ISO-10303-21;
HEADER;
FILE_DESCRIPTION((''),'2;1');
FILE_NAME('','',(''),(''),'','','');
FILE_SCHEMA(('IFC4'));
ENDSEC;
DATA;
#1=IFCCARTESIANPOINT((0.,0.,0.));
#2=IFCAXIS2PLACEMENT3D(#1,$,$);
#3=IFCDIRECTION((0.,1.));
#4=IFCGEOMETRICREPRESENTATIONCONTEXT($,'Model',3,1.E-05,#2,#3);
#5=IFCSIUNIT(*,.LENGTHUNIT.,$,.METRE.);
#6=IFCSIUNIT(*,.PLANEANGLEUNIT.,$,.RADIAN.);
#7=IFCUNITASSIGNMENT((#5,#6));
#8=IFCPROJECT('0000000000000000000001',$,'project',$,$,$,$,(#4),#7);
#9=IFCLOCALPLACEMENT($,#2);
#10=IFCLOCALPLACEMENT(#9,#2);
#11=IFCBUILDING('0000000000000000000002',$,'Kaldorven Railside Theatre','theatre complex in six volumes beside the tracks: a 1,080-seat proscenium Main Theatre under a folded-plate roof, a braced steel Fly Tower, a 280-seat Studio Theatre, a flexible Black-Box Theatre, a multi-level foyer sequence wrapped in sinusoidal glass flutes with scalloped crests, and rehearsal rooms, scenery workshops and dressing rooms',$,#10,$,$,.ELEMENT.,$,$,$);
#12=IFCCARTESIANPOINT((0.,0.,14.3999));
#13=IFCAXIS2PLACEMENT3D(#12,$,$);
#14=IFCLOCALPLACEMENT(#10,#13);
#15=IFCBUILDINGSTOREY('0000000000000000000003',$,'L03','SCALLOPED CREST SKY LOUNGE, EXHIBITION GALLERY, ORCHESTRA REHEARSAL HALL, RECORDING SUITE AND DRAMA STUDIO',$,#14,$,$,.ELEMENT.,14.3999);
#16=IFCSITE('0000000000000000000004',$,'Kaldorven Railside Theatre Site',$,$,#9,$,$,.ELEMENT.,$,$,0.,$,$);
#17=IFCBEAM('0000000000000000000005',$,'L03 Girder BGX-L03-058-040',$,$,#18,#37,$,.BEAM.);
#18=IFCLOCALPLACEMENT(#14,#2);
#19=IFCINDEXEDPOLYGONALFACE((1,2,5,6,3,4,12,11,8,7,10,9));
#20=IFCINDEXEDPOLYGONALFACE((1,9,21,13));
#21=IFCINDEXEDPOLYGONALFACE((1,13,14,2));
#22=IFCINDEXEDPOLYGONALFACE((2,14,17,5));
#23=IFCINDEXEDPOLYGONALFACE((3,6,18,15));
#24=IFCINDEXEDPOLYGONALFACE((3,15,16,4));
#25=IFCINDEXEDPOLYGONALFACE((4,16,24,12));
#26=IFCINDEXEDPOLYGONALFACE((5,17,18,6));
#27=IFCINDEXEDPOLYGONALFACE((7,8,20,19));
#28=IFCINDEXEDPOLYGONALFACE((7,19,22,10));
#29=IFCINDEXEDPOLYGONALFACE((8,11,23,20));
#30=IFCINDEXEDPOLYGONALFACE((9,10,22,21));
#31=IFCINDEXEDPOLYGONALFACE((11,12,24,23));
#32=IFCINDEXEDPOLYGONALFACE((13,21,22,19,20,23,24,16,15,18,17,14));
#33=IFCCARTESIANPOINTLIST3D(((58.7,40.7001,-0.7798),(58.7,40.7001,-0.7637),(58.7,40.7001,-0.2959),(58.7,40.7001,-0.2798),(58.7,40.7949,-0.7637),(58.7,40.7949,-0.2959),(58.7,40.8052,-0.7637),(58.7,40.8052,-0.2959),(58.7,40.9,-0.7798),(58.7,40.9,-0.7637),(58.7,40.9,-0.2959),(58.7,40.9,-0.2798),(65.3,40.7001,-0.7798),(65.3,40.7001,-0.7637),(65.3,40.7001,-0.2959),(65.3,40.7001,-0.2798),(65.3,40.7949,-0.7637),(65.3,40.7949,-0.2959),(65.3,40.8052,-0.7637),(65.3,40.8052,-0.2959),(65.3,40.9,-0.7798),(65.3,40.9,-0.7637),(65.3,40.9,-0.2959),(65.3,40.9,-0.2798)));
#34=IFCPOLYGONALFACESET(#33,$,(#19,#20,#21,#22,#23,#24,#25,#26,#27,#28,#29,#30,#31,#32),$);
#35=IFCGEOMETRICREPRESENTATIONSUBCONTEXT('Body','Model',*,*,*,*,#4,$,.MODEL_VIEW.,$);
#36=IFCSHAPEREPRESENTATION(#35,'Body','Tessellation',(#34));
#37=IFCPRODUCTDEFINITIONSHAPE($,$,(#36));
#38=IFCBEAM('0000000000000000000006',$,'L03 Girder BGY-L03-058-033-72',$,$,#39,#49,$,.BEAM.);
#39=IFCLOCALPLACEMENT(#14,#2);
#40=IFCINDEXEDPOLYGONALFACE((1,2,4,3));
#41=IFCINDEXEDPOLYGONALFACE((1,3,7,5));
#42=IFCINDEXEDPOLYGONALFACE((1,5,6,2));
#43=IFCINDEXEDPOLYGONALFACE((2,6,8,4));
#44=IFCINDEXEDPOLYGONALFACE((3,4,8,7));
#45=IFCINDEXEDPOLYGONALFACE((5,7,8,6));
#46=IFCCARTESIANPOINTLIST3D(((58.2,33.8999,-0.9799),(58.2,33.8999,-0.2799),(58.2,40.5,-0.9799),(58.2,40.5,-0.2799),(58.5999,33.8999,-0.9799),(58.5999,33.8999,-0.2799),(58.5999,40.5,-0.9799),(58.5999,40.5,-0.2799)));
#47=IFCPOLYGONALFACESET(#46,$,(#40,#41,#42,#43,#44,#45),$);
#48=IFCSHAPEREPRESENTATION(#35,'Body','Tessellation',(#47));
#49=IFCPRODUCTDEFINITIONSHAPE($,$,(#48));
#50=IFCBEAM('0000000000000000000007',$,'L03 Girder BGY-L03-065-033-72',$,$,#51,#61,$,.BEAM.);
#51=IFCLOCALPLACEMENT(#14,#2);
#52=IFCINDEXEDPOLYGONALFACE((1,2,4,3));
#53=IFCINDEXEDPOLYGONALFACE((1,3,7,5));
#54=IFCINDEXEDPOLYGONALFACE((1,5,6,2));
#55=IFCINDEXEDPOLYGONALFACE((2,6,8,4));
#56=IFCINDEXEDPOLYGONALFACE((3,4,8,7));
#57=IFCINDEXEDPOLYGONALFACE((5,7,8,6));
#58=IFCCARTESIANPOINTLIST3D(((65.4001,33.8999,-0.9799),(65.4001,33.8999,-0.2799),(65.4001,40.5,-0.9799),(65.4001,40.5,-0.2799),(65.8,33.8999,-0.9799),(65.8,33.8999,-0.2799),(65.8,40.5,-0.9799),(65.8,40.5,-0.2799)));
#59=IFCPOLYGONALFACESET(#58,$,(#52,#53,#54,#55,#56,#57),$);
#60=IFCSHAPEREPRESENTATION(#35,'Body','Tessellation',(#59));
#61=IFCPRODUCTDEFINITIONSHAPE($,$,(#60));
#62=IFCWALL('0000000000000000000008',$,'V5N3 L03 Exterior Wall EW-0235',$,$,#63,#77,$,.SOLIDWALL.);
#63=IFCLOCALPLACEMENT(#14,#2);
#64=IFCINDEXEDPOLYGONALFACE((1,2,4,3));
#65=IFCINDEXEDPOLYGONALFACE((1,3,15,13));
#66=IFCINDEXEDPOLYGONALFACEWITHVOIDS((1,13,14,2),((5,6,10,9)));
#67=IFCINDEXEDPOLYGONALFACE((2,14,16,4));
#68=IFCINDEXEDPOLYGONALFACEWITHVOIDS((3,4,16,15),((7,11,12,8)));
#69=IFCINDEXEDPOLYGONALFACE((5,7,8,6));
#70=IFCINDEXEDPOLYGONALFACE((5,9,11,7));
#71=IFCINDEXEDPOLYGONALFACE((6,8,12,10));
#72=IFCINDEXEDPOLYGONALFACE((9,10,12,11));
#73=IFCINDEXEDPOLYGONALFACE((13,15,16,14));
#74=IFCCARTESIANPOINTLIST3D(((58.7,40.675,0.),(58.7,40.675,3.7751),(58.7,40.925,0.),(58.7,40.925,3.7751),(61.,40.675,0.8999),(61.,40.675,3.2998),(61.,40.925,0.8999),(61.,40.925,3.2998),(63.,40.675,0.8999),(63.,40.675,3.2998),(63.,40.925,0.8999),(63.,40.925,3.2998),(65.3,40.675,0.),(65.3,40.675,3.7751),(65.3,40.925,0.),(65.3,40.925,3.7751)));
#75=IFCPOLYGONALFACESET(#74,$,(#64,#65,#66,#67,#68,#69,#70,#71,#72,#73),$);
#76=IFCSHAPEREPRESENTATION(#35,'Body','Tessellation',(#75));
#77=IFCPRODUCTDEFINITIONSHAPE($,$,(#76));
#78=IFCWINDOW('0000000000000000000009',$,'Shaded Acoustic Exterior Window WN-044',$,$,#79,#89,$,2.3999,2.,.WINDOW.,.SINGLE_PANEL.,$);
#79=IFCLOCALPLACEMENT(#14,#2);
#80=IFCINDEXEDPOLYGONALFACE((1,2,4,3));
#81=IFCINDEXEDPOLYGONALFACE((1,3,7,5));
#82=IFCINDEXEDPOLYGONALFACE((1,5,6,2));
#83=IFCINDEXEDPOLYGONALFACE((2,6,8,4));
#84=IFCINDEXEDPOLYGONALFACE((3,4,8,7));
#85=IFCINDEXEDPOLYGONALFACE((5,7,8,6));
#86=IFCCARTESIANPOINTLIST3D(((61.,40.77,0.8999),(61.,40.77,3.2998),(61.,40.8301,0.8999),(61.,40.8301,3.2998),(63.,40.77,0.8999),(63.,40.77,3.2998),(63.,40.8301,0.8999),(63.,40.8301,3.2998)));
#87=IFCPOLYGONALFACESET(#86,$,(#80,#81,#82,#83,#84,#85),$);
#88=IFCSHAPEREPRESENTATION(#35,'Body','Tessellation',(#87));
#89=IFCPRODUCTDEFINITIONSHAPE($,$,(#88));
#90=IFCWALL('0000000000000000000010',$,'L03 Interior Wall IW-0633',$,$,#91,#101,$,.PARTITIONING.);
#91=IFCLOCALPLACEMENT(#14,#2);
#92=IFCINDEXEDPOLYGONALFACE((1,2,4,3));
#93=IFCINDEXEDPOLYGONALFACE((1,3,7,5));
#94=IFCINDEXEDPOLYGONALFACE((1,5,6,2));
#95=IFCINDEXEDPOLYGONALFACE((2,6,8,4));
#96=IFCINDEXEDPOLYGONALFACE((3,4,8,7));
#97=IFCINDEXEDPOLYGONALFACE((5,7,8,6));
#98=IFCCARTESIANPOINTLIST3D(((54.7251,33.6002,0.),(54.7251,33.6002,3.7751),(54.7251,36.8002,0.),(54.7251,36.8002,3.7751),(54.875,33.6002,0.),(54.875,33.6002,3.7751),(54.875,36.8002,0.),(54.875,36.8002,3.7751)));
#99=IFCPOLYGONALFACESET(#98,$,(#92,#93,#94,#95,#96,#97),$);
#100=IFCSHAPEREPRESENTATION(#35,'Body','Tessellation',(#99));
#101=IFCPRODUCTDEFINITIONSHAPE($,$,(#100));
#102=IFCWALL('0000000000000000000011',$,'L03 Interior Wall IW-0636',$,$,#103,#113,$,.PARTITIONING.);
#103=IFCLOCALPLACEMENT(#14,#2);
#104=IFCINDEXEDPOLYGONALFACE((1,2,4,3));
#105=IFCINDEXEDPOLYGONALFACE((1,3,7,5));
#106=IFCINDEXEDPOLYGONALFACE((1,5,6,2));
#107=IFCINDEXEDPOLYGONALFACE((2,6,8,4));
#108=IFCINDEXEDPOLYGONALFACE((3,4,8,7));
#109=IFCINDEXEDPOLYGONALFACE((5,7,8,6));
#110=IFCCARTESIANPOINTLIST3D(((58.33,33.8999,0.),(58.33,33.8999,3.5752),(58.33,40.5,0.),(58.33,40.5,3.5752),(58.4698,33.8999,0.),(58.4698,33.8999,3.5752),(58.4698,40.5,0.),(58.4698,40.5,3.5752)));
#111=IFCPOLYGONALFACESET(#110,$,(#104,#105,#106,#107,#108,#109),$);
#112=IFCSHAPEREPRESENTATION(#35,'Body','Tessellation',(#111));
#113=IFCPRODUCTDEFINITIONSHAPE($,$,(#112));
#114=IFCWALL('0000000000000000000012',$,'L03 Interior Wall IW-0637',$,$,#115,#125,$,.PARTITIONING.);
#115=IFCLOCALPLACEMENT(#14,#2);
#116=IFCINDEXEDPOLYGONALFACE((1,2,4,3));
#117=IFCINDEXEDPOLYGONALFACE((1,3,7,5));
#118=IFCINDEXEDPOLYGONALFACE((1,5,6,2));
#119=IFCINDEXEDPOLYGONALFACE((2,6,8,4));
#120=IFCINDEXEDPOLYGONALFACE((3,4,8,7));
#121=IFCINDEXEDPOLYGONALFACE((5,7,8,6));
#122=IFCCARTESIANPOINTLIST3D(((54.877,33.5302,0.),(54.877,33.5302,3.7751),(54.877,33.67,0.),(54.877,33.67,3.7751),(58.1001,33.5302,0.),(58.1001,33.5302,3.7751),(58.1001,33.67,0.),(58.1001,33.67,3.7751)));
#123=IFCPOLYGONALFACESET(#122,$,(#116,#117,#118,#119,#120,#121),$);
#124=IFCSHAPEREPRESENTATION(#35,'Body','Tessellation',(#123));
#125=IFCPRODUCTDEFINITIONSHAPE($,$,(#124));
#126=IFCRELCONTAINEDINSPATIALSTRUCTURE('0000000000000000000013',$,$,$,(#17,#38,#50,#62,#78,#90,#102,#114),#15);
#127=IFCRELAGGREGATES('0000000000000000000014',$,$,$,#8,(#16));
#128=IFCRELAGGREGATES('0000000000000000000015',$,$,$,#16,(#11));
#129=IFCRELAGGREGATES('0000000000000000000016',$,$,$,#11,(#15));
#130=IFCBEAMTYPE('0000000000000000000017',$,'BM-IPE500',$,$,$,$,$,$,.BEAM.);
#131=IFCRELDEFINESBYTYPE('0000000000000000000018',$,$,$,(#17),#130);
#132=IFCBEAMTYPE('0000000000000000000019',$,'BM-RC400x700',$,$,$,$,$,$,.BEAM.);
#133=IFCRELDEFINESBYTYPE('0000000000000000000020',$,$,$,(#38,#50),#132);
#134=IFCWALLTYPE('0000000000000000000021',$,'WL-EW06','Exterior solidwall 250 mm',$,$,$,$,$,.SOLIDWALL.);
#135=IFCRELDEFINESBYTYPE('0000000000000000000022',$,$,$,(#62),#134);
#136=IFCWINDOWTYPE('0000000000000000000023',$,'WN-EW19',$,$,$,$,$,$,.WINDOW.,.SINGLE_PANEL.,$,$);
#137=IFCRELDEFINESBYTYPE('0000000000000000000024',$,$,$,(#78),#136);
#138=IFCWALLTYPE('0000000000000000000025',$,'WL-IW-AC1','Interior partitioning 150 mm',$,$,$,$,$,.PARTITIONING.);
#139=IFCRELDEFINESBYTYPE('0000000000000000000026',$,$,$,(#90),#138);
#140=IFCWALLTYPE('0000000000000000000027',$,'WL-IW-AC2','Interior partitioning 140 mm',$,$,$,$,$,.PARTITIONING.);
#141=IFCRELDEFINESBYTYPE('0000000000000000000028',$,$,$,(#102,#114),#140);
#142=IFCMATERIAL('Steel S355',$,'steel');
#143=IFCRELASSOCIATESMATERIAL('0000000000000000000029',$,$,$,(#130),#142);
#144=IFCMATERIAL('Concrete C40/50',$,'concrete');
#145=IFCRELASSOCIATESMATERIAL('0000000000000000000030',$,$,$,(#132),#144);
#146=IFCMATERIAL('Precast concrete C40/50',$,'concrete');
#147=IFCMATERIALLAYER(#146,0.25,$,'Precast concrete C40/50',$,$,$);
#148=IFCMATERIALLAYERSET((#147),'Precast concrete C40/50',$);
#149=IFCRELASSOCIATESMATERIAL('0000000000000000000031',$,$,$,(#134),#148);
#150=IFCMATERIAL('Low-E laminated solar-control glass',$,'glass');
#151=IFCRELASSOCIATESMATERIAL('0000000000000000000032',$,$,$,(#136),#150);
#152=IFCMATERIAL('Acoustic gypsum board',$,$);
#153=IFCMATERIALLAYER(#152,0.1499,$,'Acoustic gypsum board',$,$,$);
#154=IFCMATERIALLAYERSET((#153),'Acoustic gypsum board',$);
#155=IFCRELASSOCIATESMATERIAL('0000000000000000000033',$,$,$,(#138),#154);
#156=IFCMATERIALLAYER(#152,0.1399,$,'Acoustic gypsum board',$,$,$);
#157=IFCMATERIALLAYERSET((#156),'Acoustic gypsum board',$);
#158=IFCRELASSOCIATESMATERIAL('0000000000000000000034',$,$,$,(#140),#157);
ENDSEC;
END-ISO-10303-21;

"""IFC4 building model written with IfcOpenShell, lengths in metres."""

from ifc_helpers import new_model, si_unit, direction, frame, frame_2d, origin, origin_2d, place, context, subcontext, project, spatial, rectangle, i_section, extrude, material, layer, layer_set, material_profile, profile_set, type_object, element, fill, save


model = new_model("IFC4")

# Units and contexts
model_context = context("Model", 3, precision=1e-05, world=origin(), true_north=direction((0.0, 1.0)))
body_context = subcontext(model_context, "Body", "Model", "MODEL_VIEW")
ifc_project = project(units=[si_unit("LENGTHUNIT", "METRE"), si_unit("PLANEANGLEUNIT", "RADIAN")], contexts=[model_context])

# Site, building, storey
site_placement = place(None, origin())
site = spatial("IfcSite", under=ifc_project, at=site_placement, Name="Kaldorven Railside Theatre Site", CompositionType="ELEMENT", RefElevation=0.0)
building_placement = place(site_placement, origin())
building = spatial("IfcBuilding", under=site, at=building_placement, Name="Kaldorven Railside Theatre", Description="theatre complex in six volumes beside the tracks: a 1,080-seat proscenium Main Theatre under a folded-plate roof, a braced steel Fly Tower, a 280-seat Studio Theatre, a flexible Black-Box Theatre, a multi-level foyer sequence wrapped in sinusoidal glass flutes with scalloped crests, and rehearsal rooms, scenery workshops and dressing rooms", CompositionType="ELEMENT")
storey_placement = place(building_placement, frame((0.0, 0.0, 14.3999)))
storey = spatial("IfcBuildingStorey", under=building, at=storey_placement, Name="L03", Description="SCALLOPED CREST SKY LOUNGE, EXHIBITION GALLERY, ORCHESTRA REHEARSAL HALL, RECORDING SUITE AND DRAMA STUDIO", CompositionType="ELEMENT", Elevation=14.3999)

# Shared definitions
ifc_material_1 = material(Name="Concrete C40/50", Category="concrete")

# Beams
ifc_material_2 = material(Name="Steel S355", Category="steel")
ifc_material_profile_1 = material_profile(ifc_material_2, i_section(OverallWidth=0.2, OverallDepth=0.5, WebThickness=0.0103, FlangeThickness=0.0161, at=origin_2d()), Name="IPE 500")
ifc_profile_set_1 = profile_set([ifc_material_profile_1], Name="Steel S355")
beam_type_1 = type_object("IfcBeamType", Name="BM-IPE500", PredefinedType="BEAM", material=ifc_profile_set_1)
for number, where, z_axis, x_axis, name in (
    (1, (58.7, 40.8, -0.5298), (1.0, 0.0, 0.0), (0.0, 1.0, 0.0), "L03 Girder BGX-L03-058-040"),
):
    element("IfcBeam", number, at=place(storey_placement, frame(where, z_axis=z_axis, x_axis=x_axis)), inside=storey, type_object=beam_type_1, Name=name, PredefinedType="BEAM", context=body_context, shape_type="SweptSolid", body=[
        extrude(i_section(OverallWidth=0.2, OverallDepth=0.5, WebThickness=0.0103, FlangeThickness=0.0161, at=origin_2d()), origin(), (0.0, 0.0, 1.0), 6.6001),
    ])
ifc_material_profile_2 = material_profile(ifc_material_1, rectangle(XDim=0.3999, YDim=0.7, at=origin_2d()), Name="RC 400x700")
ifc_profile_set_2 = profile_set([ifc_material_profile_2], Name="Concrete C40/50")
beam_type_2 = type_object("IfcBeamType", Name="BM-RC400x700", PredefinedType="BEAM", material=ifc_profile_set_2)
for number, where, z_axis, x_axis, name in (
    (2, (58.3999, 33.8999, -0.6299), (0.0, 1.0, 0.0), (-1.0, 0.0, 0.0), "L03 Girder BGY-L03-058-033-72"),
    (3, (65.6001, 33.8999, -0.6299), (0.0, 1.0, 0.0), (-1.0, 0.0, 0.0), "L03 Girder BGY-L03-065-033-72"),
):
    element("IfcBeam", number, at=place(storey_placement, frame(where, z_axis=z_axis, x_axis=x_axis)), inside=storey, type_object=beam_type_2, Name=name, PredefinedType="BEAM", context=body_context, shape_type="SweptSolid", body=[
        extrude(rectangle(XDim=0.3999, YDim=0.7, at=origin_2d()), origin(), (0.0, 0.0, 1.0), 6.6001),
    ])

# Wall, opening, window
ifc_material_3 = material(Name="Precast concrete C40/50", Category="concrete")
ifc_layer_1 = layer(ifc_material_3, 0.25, Name="Precast concrete C40/50")
ifc_layer_set_1 = layer_set([ifc_layer_1], Name="Precast concrete C40/50")
wall_type_1 = type_object("IfcWallType", Name="WL-EW06", Description="Exterior solidwall 250 mm", PredefinedType="SOLIDWALL", material=ifc_layer_set_1)
wall_1_placement = place(storey_placement, frame((58.7, 40.8, 0.0), z_axis=(0.0, 0.0, 1.0), x_axis=(1.0, 0.0, 0.0)))
wall_1 = element("IfcWall", 4, at=wall_1_placement, inside=storey, type_object=wall_type_1, Name="V5N3 L03 Exterior Wall EW-0235", PredefinedType="SOLIDWALL", context=body_context, shape_type="SweptSolid", body=[
    extrude(rectangle(XDim=6.6001, YDim=0.25, at=frame_2d((3.3, 0.0))), origin(), (0.0, 0.0, 1.0), 3.7751),
])
opening_1_placement = place(wall_1_placement, frame((2.3, 0.0, 0.8999)))
opening_1 = element("IfcOpeningElement", 5, at=opening_1_placement, cuts=wall_1, PredefinedType="OPENING", context=body_context, shape_type="SweptSolid", body=[
    extrude(rectangle(XDim=2.0, YDim=2.3999, at=frame_2d((1.0, 1.2))), frame((0.0, 0.135, 0.0), z_axis=(0.0, -1.0, 0.0), x_axis=(1.0, 0.0, 0.0)), (0.0, 0.0, 1.0), 0.27),
])
ifc_material_4 = material(Name="Low-E laminated solar-control glass", Category="glass")
window_type = type_object("IfcWindowType", Name="WN-EW19", PartitioningType="SINGLE_PANEL", PredefinedType="WINDOW", material=ifc_material_4)
window_placement = place(opening_1_placement, origin())
window = element("IfcWindow", 6, at=window_placement, inside=storey, type_object=window_type, Name="Shaded Acoustic Exterior Window WN-044", OverallHeight=2.3999, OverallWidth=2.0, PartitioningType="SINGLE_PANEL", PredefinedType="WINDOW", context=body_context, shape_type="SweptSolid", body=[
    extrude(rectangle(XDim=2.0, YDim=2.3999, at=frame_2d((1.0, 1.2))), frame((0.0, 0.03, 0.0), z_axis=(0.0, -1.0, 0.0), x_axis=(1.0, 0.0, 0.0)), (0.0, 0.0, 1.0), 0.0601),
])
fill(opening_1, window)

# Wall
ifc_material_5 = material(Name="Acoustic gypsum board")
ifc_layer_2 = layer(ifc_material_5, 0.1499, Name="Acoustic gypsum board")
ifc_layer_set_2 = layer_set([ifc_layer_2], Name="Acoustic gypsum board")
wall_type_2 = type_object("IfcWallType", Name="WL-IW-AC1", Description="Interior partitioning 150 mm", PredefinedType="PARTITIONING", material=ifc_layer_set_2)
wall_2_placement = place(storey_placement, frame((54.8, 33.6001, 0.0), z_axis=(0.0, 0.0, 1.0), x_axis=(0.0, 1.0, 0.0)))
element("IfcWall", 7, at=wall_2_placement, inside=storey, type_object=wall_type_2, Name="L03 Interior Wall IW-0633", PredefinedType="PARTITIONING", context=body_context, shape_type="SweptSolid", body=[
    extrude(rectangle(XDim=3.2, YDim=0.1499, at=frame_2d((1.6001, 0.0))), origin(), (0.0, 0.0, 1.0), 3.7751),
])

# Walls
ifc_layer_3 = layer(ifc_material_5, 0.1399, Name="Acoustic gypsum board")
ifc_layer_set_3 = layer_set([ifc_layer_3], Name="Acoustic gypsum board")
wall_type_3 = type_object("IfcWallType", Name="WL-IW-AC2", Description="Interior partitioning 140 mm", PredefinedType="PARTITIONING", material=ifc_layer_set_3)
wall_3_placement = place(storey_placement, frame((58.3999, 40.5, 0.0), z_axis=(0.0, 0.0, 1.0), x_axis=(0.0, -1.0, 0.0)))
element("IfcWall", 8, at=wall_3_placement, inside=storey, type_object=wall_type_3, Name="L03 Interior Wall IW-0636", PredefinedType="PARTITIONING", context=body_context, shape_type="SweptSolid", body=[
    extrude(rectangle(XDim=6.6001, YDim=0.1399, at=frame_2d((3.3, 0.0))), origin(), (0.0, 0.0, 1.0), 3.5752),
])
wall_4_placement = place(storey_placement, frame((58.1001, 33.6001, 0.0), z_axis=(0.0, 0.0, 1.0), x_axis=(-1.0, 0.0, 0.0)))
element("IfcWall", 9, at=wall_4_placement, inside=storey, type_object=wall_type_3, Name="L03 Interior Wall IW-0637", PredefinedType="PARTITIONING", context=body_context, shape_type="SweptSolid", body=[
    extrude(rectangle(XDim=3.2231, YDim=0.1399, at=frame_2d((1.6116, 0.0))), origin(), (0.0, 0.0, 1.0), 3.7751),
])

save(model, "model.ifc")
